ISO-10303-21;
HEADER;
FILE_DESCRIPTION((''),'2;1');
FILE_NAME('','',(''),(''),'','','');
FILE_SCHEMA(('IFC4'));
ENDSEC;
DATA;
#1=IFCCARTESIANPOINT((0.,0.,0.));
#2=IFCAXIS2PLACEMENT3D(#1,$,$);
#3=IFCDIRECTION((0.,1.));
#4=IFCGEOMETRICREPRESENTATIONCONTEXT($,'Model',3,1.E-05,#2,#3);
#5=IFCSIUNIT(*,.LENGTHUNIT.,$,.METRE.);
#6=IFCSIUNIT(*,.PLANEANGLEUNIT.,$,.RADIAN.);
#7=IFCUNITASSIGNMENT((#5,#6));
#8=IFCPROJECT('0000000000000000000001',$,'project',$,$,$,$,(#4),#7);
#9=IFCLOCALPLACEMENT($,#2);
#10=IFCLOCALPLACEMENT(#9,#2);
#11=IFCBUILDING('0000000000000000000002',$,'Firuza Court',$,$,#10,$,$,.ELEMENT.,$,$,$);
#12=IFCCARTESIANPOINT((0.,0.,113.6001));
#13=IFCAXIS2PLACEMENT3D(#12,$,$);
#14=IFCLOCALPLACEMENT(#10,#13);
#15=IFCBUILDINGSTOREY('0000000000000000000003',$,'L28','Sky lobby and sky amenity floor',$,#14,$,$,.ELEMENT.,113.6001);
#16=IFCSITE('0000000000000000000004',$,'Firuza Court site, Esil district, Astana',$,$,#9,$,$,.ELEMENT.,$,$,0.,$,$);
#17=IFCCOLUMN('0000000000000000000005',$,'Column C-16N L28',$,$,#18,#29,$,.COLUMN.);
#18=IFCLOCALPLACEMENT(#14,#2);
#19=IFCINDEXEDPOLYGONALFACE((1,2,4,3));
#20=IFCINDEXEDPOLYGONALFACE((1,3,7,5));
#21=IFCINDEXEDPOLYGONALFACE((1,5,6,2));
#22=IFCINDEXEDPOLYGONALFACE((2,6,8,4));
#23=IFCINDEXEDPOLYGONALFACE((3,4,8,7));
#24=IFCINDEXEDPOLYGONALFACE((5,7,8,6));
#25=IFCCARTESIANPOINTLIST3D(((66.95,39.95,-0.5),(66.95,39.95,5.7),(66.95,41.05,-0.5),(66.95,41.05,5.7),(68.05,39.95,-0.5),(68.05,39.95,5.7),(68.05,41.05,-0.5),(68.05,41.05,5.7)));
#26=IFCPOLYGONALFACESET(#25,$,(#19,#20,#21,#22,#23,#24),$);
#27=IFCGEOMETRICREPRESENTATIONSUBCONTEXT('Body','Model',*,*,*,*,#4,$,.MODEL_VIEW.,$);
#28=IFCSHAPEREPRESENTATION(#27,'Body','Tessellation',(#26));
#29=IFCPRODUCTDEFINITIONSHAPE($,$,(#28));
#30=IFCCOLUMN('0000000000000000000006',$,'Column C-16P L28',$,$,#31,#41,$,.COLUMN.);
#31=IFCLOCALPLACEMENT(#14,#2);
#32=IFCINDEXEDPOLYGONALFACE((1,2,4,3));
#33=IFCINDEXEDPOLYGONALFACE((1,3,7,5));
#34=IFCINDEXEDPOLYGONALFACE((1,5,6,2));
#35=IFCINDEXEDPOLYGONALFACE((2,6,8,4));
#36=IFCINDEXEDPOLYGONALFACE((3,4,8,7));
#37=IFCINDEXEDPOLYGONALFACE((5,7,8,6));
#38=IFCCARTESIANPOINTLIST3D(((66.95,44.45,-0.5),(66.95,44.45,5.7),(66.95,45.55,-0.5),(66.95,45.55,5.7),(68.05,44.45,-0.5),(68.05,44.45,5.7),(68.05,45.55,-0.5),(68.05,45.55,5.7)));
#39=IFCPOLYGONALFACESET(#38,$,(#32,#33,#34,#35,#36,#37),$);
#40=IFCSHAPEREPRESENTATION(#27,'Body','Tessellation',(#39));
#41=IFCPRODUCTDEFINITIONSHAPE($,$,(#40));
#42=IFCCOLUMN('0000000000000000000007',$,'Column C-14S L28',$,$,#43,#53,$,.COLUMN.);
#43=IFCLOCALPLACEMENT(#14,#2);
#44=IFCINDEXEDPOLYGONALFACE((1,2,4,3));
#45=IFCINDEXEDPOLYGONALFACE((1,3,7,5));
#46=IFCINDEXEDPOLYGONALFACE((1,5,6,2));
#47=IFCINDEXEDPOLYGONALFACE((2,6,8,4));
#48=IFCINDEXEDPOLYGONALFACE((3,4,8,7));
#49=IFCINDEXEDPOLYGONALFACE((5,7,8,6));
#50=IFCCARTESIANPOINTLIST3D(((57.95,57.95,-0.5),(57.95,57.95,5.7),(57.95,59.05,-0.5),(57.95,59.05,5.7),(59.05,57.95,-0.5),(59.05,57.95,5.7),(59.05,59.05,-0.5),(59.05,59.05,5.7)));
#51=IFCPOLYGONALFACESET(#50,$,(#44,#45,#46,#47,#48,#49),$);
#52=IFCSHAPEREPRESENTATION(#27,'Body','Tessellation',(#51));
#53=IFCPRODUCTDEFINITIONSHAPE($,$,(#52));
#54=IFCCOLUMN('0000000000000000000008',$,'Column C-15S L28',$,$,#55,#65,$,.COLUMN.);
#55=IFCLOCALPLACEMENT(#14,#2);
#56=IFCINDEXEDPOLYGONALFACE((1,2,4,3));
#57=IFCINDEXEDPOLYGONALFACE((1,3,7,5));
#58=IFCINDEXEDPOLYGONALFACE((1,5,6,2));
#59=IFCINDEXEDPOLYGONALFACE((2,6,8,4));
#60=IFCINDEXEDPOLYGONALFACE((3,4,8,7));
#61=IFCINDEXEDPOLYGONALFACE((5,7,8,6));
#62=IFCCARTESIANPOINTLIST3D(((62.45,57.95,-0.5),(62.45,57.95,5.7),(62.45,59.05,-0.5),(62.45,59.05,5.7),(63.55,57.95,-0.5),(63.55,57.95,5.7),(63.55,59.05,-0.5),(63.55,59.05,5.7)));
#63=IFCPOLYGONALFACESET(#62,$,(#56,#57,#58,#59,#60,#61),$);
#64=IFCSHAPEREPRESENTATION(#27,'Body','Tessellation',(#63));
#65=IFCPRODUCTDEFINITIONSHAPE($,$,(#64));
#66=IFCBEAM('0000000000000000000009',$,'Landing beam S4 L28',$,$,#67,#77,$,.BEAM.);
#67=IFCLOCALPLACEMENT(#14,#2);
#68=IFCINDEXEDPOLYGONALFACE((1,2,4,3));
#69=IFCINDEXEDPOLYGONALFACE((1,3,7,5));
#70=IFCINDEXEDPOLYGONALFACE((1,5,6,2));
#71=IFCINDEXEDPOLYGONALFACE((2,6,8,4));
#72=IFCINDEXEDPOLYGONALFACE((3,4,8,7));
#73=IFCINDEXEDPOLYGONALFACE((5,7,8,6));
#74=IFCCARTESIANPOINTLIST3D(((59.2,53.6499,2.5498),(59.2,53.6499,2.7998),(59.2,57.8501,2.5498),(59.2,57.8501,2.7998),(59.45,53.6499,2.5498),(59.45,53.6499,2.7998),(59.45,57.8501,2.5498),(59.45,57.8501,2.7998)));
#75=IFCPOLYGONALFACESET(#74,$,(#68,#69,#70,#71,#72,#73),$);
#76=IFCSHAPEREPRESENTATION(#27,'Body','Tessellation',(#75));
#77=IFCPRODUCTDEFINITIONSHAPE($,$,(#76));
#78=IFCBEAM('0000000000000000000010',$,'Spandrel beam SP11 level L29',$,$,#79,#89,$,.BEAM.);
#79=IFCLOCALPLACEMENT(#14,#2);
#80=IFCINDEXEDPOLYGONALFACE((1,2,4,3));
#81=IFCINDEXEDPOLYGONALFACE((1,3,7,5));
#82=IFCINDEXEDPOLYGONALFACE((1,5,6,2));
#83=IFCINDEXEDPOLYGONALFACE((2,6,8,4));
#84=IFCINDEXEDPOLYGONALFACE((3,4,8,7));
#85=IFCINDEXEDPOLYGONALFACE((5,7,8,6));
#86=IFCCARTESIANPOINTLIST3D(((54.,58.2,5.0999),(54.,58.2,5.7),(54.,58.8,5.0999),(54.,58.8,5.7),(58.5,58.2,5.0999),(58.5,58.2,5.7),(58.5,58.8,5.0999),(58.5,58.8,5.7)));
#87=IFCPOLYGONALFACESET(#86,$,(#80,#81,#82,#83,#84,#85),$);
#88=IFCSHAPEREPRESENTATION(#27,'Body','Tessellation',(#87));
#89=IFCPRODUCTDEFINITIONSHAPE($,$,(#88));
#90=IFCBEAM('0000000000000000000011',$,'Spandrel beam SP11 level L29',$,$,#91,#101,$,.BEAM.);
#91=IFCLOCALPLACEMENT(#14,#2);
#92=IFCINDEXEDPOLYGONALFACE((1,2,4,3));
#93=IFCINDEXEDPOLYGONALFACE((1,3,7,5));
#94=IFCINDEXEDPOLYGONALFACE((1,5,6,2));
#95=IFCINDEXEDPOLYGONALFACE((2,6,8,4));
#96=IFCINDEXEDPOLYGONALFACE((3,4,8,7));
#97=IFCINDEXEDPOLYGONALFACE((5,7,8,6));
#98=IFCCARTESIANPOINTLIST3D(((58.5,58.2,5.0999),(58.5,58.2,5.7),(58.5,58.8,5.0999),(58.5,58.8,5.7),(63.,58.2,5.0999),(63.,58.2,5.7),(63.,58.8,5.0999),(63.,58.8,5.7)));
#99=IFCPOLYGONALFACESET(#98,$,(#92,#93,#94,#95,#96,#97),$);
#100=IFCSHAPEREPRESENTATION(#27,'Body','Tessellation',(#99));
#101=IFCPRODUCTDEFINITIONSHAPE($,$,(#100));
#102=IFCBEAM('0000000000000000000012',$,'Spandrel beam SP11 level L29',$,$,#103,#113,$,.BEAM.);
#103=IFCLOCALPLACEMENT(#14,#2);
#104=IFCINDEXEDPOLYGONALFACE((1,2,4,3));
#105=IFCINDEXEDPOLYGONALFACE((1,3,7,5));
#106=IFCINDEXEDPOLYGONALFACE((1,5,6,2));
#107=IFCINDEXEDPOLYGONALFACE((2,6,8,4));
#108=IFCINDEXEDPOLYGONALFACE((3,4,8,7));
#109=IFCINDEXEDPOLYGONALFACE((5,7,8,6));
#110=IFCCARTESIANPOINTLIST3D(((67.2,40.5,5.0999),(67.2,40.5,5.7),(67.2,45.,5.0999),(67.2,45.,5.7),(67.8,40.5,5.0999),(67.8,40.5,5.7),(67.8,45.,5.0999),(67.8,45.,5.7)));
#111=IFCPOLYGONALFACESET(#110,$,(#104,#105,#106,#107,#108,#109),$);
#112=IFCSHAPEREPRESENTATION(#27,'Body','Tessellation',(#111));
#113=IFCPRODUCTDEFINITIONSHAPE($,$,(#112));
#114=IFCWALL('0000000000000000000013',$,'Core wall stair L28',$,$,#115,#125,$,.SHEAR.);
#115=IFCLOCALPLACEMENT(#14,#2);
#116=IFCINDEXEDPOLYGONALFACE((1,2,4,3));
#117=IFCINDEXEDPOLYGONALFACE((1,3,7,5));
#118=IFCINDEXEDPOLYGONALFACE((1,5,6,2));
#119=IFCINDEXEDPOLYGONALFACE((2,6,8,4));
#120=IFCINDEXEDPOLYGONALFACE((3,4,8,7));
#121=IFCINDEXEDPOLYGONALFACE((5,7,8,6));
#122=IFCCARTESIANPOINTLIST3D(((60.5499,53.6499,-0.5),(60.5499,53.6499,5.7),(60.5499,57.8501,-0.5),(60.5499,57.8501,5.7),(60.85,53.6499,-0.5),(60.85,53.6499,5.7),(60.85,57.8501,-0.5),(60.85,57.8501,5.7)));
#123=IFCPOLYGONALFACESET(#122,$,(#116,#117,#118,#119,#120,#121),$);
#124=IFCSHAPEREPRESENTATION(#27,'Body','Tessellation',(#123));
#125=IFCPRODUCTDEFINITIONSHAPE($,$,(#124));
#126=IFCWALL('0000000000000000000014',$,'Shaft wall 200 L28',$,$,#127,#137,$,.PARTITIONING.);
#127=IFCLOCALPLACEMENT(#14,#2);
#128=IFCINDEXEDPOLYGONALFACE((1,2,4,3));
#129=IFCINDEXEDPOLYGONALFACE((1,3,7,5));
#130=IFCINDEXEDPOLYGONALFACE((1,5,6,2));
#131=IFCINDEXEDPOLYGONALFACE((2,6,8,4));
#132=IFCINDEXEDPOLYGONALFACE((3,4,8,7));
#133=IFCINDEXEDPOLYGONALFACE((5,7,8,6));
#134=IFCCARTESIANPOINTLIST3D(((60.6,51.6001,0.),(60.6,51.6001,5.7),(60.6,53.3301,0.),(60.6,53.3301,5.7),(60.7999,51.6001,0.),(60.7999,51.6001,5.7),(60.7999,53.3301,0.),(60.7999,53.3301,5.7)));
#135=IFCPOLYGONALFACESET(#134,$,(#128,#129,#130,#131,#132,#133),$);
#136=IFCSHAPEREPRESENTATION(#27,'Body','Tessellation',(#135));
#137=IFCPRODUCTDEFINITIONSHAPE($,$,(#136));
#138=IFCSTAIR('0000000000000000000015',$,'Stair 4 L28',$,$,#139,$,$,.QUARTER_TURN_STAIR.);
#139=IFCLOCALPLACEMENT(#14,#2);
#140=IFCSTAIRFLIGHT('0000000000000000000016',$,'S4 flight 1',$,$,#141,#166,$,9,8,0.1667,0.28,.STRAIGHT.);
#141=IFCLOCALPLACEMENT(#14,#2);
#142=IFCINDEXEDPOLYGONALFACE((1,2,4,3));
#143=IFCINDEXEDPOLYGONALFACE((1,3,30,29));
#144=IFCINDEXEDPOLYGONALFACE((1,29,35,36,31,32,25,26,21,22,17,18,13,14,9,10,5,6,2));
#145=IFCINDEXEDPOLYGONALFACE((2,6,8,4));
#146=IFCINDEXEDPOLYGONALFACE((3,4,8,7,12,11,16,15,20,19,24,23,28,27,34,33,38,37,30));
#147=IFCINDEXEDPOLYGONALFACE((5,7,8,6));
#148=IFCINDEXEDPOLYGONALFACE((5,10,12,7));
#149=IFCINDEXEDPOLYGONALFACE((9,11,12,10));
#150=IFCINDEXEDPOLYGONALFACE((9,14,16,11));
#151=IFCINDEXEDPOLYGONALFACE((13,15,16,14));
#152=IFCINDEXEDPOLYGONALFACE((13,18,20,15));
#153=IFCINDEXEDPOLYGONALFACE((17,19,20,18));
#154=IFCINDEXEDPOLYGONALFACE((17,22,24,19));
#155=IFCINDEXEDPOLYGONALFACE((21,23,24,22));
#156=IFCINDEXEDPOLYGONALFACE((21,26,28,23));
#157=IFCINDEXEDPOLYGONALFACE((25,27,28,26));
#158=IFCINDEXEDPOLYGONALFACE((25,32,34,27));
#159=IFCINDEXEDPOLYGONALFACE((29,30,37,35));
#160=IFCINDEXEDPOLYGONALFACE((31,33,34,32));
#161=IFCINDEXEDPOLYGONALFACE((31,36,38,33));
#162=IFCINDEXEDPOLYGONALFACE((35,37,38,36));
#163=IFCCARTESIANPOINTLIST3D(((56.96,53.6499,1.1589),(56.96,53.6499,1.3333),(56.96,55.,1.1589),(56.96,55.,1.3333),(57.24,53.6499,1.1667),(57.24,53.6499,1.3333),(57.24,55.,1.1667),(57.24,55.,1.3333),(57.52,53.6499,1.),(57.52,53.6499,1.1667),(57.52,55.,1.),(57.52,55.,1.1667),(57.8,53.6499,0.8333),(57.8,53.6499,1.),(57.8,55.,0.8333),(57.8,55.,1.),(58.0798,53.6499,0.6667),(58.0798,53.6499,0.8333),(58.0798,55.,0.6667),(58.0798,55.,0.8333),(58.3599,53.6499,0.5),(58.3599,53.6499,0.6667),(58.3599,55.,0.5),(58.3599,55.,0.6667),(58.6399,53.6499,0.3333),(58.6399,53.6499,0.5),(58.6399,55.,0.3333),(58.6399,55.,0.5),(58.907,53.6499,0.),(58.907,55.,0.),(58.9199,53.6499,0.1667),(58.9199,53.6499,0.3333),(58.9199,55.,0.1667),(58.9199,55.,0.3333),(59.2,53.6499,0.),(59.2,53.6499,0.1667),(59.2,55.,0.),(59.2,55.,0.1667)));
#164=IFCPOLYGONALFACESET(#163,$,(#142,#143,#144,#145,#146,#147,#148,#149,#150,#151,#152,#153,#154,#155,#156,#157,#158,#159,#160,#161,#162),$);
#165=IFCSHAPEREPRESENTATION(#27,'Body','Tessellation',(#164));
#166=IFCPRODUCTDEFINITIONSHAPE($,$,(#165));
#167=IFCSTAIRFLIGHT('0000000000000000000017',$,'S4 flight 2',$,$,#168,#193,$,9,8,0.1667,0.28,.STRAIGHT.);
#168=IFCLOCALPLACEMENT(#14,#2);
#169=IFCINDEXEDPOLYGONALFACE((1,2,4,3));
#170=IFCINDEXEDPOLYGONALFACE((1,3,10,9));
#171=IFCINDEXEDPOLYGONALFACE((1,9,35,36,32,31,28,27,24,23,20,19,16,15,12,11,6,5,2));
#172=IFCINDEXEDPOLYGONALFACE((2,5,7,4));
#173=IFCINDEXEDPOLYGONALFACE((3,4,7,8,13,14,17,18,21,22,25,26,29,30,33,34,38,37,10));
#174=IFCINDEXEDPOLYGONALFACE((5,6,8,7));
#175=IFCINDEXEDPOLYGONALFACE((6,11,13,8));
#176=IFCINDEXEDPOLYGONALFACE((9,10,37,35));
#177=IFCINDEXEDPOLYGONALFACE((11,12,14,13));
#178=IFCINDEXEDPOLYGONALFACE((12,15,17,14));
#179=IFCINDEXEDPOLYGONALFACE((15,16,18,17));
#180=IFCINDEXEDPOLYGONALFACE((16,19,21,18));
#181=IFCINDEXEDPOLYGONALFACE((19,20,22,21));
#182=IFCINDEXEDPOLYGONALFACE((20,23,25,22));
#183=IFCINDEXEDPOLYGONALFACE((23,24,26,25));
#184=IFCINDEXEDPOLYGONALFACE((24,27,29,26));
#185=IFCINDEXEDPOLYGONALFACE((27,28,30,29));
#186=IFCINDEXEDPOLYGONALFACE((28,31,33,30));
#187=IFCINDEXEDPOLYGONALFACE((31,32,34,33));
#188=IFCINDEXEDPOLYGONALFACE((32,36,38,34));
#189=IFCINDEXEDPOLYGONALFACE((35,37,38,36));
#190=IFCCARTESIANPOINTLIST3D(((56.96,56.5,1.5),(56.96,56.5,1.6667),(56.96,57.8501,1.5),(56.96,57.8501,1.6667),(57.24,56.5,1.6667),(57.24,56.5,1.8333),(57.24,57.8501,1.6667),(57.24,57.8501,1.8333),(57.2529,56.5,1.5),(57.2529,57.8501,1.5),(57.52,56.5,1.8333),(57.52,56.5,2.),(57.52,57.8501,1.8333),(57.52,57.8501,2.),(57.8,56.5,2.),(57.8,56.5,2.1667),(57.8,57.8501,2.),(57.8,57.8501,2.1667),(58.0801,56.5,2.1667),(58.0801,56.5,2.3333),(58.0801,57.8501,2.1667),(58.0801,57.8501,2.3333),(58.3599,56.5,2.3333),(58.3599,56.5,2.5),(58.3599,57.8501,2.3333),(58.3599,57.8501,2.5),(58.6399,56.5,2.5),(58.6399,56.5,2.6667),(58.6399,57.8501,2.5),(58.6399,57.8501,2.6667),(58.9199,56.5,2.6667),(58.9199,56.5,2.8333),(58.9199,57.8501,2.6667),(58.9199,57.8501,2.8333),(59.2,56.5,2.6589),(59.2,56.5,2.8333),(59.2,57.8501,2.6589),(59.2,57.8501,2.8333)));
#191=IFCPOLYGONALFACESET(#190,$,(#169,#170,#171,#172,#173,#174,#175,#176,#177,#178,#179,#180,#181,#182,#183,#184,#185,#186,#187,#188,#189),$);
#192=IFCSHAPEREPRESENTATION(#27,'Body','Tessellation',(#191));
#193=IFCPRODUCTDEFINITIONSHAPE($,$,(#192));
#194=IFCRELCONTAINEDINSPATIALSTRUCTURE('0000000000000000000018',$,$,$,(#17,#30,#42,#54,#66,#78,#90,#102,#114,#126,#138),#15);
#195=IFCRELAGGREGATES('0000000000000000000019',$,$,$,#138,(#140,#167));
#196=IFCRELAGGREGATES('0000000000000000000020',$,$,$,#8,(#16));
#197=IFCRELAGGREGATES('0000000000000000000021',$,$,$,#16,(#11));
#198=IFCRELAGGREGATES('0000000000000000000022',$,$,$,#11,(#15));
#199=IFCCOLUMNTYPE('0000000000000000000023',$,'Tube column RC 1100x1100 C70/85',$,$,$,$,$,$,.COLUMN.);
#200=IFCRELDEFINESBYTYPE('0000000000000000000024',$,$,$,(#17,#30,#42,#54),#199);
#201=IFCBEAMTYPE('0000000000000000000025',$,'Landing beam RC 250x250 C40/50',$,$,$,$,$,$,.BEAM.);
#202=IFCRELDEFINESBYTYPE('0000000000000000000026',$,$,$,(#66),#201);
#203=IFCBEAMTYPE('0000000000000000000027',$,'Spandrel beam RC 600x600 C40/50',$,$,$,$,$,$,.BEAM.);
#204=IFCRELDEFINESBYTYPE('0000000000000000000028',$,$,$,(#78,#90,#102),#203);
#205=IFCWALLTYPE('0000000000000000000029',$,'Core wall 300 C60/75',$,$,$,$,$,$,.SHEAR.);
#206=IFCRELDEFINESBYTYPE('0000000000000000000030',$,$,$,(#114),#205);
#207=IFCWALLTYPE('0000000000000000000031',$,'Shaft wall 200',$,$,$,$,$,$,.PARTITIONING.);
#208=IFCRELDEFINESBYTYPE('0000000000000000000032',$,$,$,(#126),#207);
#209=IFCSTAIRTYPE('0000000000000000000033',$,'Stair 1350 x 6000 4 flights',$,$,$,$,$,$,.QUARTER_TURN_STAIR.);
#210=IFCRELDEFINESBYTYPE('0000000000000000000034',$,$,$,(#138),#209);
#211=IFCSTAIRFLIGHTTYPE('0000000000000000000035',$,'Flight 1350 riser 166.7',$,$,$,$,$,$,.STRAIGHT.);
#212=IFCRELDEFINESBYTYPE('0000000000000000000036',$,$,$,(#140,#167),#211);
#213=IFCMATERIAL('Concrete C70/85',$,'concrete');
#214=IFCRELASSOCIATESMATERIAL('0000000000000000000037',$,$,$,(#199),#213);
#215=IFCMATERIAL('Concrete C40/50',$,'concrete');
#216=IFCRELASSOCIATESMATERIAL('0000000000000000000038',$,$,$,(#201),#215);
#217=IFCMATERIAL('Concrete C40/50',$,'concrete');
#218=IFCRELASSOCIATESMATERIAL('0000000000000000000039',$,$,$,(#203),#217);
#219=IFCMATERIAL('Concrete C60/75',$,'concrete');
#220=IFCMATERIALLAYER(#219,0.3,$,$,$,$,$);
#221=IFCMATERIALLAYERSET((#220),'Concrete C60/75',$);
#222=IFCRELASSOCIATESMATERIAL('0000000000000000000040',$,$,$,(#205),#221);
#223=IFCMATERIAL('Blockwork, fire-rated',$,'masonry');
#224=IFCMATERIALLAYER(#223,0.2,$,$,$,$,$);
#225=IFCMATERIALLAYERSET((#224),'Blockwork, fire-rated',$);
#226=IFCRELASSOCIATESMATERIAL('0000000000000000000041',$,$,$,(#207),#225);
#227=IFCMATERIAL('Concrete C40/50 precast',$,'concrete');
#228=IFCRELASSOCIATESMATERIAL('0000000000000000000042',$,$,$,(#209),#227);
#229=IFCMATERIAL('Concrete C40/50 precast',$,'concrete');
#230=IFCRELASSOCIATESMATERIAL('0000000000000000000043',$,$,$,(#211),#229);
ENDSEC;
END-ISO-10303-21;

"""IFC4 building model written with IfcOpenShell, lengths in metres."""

from ifc_helpers import new_model, si_unit, direction, frame, frame_2d, origin, origin_2d, place, context, subcontext, project, spatial, polyline, rectangle, outline, extrude, material, layer, layer_set, material_profile, profile_set, type_object, element, aggregate, save


model = new_model("IFC4")

# Units and contexts
model_context = context("Model", 3, precision=1e-05, world=origin(), true_north=direction((0.0, 1.0)))
body_context = subcontext(model_context, "Body", "Model", "MODEL_VIEW")
ifc_project = project(units=[si_unit("LENGTHUNIT", "METRE"), si_unit("PLANEANGLEUNIT", "RADIAN")], contexts=[model_context])

# Site, building, storey
site_placement = place(None, origin())
site = spatial("IfcSite", under=ifc_project, at=site_placement, Name="Firuza Court site, Esil district, Astana", CompositionType="ELEMENT", RefElevation=0.0)
building_placement = place(site_placement, origin())
building = spatial("IfcBuilding", under=site, at=building_placement, Name="Firuza Court", CompositionType="ELEMENT")
storey_placement = place(building_placement, frame((0.0, 0.0, 113.6001)))
storey = spatial("IfcBuildingStorey", under=building, at=storey_placement, Name="L28", Description="Sky lobby and sky amenity floor", CompositionType="ELEMENT", Elevation=113.6001)

# Columns
ifc_material_1 = material(Name="Concrete C70/85", Category="concrete")
ifc_material_profile_1 = material_profile(ifc_material_1, rectangle(XDim=1.1001, YDim=1.1001, at=origin_2d()), Name="RC 1100x1100")
ifc_profile_set_1 = profile_set([ifc_material_profile_1], Name="Concrete C70/85")
column_type = type_object("IfcColumnType", Name="Tube column RC 1100x1100 C70/85", PredefinedType="COLUMN", material=ifc_profile_set_1)
for number, where, z_axis, x_axis, name in (
    (1, (67.5, 40.5, -0.5), (0.0, 0.0, 1.0), (1.0, 0.0, 0.0), "Column C-16N L28"),
    (2, (67.5, 45.0, -0.5), (0.0, 0.0, 1.0), (1.0, 0.0, 0.0), "Column C-16P L28"),
    (3, (58.5, 58.5, -0.5), (0.0, 0.0, 1.0), (1.0, 0.0, 0.0), "Column C-14S L28"),
    (4, (63.0, 58.5, -0.5), (0.0, 0.0, 1.0), (1.0, 0.0, 0.0), "Column C-15S L28"),
):
    element("IfcColumn", number, at=place(storey_placement, frame(where, z_axis=z_axis, x_axis=x_axis)), inside=storey, type_object=column_type, Name=name, PredefinedType="COLUMN", context=body_context, shape_type="SweptSolid", body=[
        extrude(rectangle(XDim=1.1001, YDim=1.1001, at=origin_2d()), origin(), (0.0, 0.0, 1.0), 6.2),
    ])

# Beams
ifc_material_2 = material(Name="Concrete C40/50", Category="concrete")
ifc_material_profile_2 = material_profile(ifc_material_2, rectangle(XDim=0.25, YDim=0.25, at=origin_2d()), Name="RC 250x250")
ifc_profile_set_2 = profile_set([ifc_material_profile_2], Name="Concrete C40/50")
beam_type_1 = type_object("IfcBeamType", Name="Landing beam RC 250x250 C40/50", PredefinedType="BEAM", material=ifc_profile_set_2)
beam_placement = place(storey_placement, frame((59.325, 53.6499, 2.6748), z_axis=(0.0, 1.0, 0.0), x_axis=(-1.0, 0.0, 0.0)))
element("IfcBeam", 5, at=beam_placement, inside=storey, type_object=beam_type_1, Name="Landing beam S4 L28", PredefinedType="BEAM", context=body_context, shape_type="SweptSolid", body=[
    extrude(rectangle(XDim=0.25, YDim=0.25, at=origin_2d()), origin(), (0.0, 0.0, 1.0), 4.2002),
])
ifc_material_3 = material(Name="Concrete C40/50", Category="concrete")
ifc_material_profile_3 = material_profile(ifc_material_3, rectangle(XDim=0.6001, YDim=0.6001, at=origin_2d()), Name="RC 600x600")
ifc_profile_set_3 = profile_set([ifc_material_profile_3], Name="Concrete C40/50")
beam_type_2 = type_object("IfcBeamType", Name="Spandrel beam RC 600x600 C40/50", PredefinedType="BEAM", material=ifc_profile_set_3)
for number, where, z_axis, x_axis, name in (
    (6, (58.5, 58.5, 5.3999), (-1.0, 0.0, 0.0), (0.0, -1.0, 0.0), "Spandrel beam SP11 level L29"),
    (7, (63.0, 58.5, 5.3999), (-1.0, 0.0, 0.0), (0.0, -1.0, 0.0), "Spandrel beam SP11 level L29"),
    (8, (67.5, 40.5, 5.3999), (0.0, 1.0, 0.0), (-1.0, 0.0, 0.0), "Spandrel beam SP11 level L29"),
):
    element("IfcBeam", number, at=place(storey_placement, frame(where, z_axis=z_axis, x_axis=x_axis)), inside=storey, type_object=beam_type_2, Name=name, PredefinedType="BEAM", context=body_context, shape_type="SweptSolid", body=[
        extrude(rectangle(XDim=0.6001, YDim=0.6001, at=origin_2d()), origin(), (0.0, 0.0, 1.0), 4.5),
    ])

# Walls
ifc_material_4 = material(Name="Concrete C60/75", Category="concrete")
ifc_layer_1 = layer(ifc_material_4, 0.3)
ifc_layer_set_1 = layer_set([ifc_layer_1], Name="Concrete C60/75")
wall_type_1 = type_object("IfcWallType", Name="Core wall 300 C60/75", PredefinedType="SHEAR", material=ifc_layer_set_1)
wall_1_placement = place(storey_placement, frame((60.7, 53.6499, -0.5), z_axis=(0.0, 0.0, 1.0), x_axis=(0.0, 1.0, 0.0)))
element("IfcWall", 9, at=wall_1_placement, inside=storey, type_object=wall_type_1, Name="Core wall stair L28", PredefinedType="SHEAR", context=body_context, shape_type="SweptSolid", body=[
    extrude(rectangle(XDim=4.2002, YDim=0.3, at=frame_2d((2.1001, 0.0))), origin(), (0.0, 0.0, 1.0), 6.2),
])
ifc_material_5 = material(Name="Blockwork, fire-rated", Category="masonry")
ifc_layer_2 = layer(ifc_material_5, 0.2)
ifc_layer_set_2 = layer_set([ifc_layer_2], Name="Blockwork, fire-rated")
wall_type_2 = type_object("IfcWallType", Name="Shaft wall 200", PredefinedType="PARTITIONING", material=ifc_layer_set_2)
wall_2_placement = place(storey_placement, frame((60.7, 51.6001, 0.0), z_axis=(0.0, 0.0, 1.0), x_axis=(0.0, 1.0, 0.0)))
element("IfcWall", 10, at=wall_2_placement, inside=storey, type_object=wall_type_2, Name="Shaft wall 200 L28", PredefinedType="PARTITIONING", context=body_context, shape_type="SweptSolid", body=[
    extrude(rectangle(XDim=1.73, YDim=0.2, at=frame_2d((0.865, 0.0))), origin(), (0.0, 0.0, 1.0), 5.7),
])

# Stair, stair flights
ifc_material_6 = material(Name="Concrete C40/50 precast", Category="concrete")
stair_type = type_object("IfcStairType", Name="Stair 1350 x 6000 4 flights", PredefinedType="QUARTER_TURN_STAIR", material=ifc_material_6)
stair_placement = place(storey_placement, origin())
stair = element("IfcStair", 11, at=stair_placement, inside=storey, type_object=stair_type, Name="Stair 4 L28", PredefinedType="QUARTER_TURN_STAIR")
ifc_material_7 = material(Name="Concrete C40/50 precast", Category="concrete")
stair_flight_type = type_object("IfcStairFlightType", Name="Flight 1350 riser 166.7", PredefinedType="STRAIGHT", material=ifc_material_7)
stair_flight_1_placement = place(storey_placement, frame((59.2, 54.325, 0.0), z_axis=(0.0, 0.0, 1.0), x_axis=(-1.0, 0.0, 0.0)))
stair_flight_1 = element("IfcStairFlight", 12, at=stair_flight_1_placement, type_object=stair_flight_type, Name="S4 flight 1", NumberOfRisers=9, NumberOfTreads=8, PredefinedType="STRAIGHT", RiserHeight=0.1667, TreadLength=0.28, context=body_context, shape_type="SweptSolid", body=[
    extrude(outline(polyline([(0.0, 0.0), (0.0, 0.1667), (0.28, 0.1667), (0.28, 0.3333), (0.5601, 0.3333), (0.5601, 0.5), (0.8401, 0.5), (0.8401, 0.6667), (1.1201, 0.6667), (1.1201, 0.8333), (1.3999, 0.8333), (1.3999, 1.0), (1.6799, 1.0), (1.6799, 1.1667), (1.96, 1.1667), (1.96, 1.3333), (2.24, 1.3333), (2.24, 1.5), (2.24, 1.1589), (0.293, 0.0), (0.0, 0.0)])), frame((0.0, 0.675, 0.0), z_axis=(0.0, -1.0, 0.0), x_axis=(1.0, 0.0, 0.0)), (0.0, 0.0, 1.0), 1.3501),
])
stair_flight_2_placement = place(storey_placement, frame((56.96, 57.175, 1.5), z_axis=(0.0, 0.0, 1.0), x_axis=(1.0, 0.0, 0.0)))
stair_flight_2 = element("IfcStairFlight", 13, at=stair_flight_2_placement, type_object=stair_flight_type, Name="S4 flight 2", NumberOfRisers=9, NumberOfTreads=8, PredefinedType="STRAIGHT", RiserHeight=0.1667, TreadLength=0.28, context=body_context, shape_type="SweptSolid", body=[
    extrude(outline(polyline([(0.0, 0.0), (0.0, 0.1667), (0.28, 0.1667), (0.28, 0.3333), (0.5601, 0.3333), (0.5601, 0.5), (0.8401, 0.5), (0.8401, 0.6667), (1.1201, 0.6667), (1.1201, 0.8333), (1.3999, 0.8333), (1.3999, 1.0), (1.6799, 1.0), (1.6799, 1.1667), (1.96, 1.1667), (1.96, 1.3333), (2.24, 1.3333), (2.24, 1.5), (2.24, 1.1589), (0.293, 0.0), (0.0, 0.0)])), frame((0.0, 0.675, 0.0), z_axis=(0.0, -1.0, 0.0), x_axis=(1.0, 0.0, 0.0)), (0.0, 0.0, 1.0), 1.3501),
])
aggregate(stair, [stair_flight_1, stair_flight_2])

save(model, "model.ifc")
